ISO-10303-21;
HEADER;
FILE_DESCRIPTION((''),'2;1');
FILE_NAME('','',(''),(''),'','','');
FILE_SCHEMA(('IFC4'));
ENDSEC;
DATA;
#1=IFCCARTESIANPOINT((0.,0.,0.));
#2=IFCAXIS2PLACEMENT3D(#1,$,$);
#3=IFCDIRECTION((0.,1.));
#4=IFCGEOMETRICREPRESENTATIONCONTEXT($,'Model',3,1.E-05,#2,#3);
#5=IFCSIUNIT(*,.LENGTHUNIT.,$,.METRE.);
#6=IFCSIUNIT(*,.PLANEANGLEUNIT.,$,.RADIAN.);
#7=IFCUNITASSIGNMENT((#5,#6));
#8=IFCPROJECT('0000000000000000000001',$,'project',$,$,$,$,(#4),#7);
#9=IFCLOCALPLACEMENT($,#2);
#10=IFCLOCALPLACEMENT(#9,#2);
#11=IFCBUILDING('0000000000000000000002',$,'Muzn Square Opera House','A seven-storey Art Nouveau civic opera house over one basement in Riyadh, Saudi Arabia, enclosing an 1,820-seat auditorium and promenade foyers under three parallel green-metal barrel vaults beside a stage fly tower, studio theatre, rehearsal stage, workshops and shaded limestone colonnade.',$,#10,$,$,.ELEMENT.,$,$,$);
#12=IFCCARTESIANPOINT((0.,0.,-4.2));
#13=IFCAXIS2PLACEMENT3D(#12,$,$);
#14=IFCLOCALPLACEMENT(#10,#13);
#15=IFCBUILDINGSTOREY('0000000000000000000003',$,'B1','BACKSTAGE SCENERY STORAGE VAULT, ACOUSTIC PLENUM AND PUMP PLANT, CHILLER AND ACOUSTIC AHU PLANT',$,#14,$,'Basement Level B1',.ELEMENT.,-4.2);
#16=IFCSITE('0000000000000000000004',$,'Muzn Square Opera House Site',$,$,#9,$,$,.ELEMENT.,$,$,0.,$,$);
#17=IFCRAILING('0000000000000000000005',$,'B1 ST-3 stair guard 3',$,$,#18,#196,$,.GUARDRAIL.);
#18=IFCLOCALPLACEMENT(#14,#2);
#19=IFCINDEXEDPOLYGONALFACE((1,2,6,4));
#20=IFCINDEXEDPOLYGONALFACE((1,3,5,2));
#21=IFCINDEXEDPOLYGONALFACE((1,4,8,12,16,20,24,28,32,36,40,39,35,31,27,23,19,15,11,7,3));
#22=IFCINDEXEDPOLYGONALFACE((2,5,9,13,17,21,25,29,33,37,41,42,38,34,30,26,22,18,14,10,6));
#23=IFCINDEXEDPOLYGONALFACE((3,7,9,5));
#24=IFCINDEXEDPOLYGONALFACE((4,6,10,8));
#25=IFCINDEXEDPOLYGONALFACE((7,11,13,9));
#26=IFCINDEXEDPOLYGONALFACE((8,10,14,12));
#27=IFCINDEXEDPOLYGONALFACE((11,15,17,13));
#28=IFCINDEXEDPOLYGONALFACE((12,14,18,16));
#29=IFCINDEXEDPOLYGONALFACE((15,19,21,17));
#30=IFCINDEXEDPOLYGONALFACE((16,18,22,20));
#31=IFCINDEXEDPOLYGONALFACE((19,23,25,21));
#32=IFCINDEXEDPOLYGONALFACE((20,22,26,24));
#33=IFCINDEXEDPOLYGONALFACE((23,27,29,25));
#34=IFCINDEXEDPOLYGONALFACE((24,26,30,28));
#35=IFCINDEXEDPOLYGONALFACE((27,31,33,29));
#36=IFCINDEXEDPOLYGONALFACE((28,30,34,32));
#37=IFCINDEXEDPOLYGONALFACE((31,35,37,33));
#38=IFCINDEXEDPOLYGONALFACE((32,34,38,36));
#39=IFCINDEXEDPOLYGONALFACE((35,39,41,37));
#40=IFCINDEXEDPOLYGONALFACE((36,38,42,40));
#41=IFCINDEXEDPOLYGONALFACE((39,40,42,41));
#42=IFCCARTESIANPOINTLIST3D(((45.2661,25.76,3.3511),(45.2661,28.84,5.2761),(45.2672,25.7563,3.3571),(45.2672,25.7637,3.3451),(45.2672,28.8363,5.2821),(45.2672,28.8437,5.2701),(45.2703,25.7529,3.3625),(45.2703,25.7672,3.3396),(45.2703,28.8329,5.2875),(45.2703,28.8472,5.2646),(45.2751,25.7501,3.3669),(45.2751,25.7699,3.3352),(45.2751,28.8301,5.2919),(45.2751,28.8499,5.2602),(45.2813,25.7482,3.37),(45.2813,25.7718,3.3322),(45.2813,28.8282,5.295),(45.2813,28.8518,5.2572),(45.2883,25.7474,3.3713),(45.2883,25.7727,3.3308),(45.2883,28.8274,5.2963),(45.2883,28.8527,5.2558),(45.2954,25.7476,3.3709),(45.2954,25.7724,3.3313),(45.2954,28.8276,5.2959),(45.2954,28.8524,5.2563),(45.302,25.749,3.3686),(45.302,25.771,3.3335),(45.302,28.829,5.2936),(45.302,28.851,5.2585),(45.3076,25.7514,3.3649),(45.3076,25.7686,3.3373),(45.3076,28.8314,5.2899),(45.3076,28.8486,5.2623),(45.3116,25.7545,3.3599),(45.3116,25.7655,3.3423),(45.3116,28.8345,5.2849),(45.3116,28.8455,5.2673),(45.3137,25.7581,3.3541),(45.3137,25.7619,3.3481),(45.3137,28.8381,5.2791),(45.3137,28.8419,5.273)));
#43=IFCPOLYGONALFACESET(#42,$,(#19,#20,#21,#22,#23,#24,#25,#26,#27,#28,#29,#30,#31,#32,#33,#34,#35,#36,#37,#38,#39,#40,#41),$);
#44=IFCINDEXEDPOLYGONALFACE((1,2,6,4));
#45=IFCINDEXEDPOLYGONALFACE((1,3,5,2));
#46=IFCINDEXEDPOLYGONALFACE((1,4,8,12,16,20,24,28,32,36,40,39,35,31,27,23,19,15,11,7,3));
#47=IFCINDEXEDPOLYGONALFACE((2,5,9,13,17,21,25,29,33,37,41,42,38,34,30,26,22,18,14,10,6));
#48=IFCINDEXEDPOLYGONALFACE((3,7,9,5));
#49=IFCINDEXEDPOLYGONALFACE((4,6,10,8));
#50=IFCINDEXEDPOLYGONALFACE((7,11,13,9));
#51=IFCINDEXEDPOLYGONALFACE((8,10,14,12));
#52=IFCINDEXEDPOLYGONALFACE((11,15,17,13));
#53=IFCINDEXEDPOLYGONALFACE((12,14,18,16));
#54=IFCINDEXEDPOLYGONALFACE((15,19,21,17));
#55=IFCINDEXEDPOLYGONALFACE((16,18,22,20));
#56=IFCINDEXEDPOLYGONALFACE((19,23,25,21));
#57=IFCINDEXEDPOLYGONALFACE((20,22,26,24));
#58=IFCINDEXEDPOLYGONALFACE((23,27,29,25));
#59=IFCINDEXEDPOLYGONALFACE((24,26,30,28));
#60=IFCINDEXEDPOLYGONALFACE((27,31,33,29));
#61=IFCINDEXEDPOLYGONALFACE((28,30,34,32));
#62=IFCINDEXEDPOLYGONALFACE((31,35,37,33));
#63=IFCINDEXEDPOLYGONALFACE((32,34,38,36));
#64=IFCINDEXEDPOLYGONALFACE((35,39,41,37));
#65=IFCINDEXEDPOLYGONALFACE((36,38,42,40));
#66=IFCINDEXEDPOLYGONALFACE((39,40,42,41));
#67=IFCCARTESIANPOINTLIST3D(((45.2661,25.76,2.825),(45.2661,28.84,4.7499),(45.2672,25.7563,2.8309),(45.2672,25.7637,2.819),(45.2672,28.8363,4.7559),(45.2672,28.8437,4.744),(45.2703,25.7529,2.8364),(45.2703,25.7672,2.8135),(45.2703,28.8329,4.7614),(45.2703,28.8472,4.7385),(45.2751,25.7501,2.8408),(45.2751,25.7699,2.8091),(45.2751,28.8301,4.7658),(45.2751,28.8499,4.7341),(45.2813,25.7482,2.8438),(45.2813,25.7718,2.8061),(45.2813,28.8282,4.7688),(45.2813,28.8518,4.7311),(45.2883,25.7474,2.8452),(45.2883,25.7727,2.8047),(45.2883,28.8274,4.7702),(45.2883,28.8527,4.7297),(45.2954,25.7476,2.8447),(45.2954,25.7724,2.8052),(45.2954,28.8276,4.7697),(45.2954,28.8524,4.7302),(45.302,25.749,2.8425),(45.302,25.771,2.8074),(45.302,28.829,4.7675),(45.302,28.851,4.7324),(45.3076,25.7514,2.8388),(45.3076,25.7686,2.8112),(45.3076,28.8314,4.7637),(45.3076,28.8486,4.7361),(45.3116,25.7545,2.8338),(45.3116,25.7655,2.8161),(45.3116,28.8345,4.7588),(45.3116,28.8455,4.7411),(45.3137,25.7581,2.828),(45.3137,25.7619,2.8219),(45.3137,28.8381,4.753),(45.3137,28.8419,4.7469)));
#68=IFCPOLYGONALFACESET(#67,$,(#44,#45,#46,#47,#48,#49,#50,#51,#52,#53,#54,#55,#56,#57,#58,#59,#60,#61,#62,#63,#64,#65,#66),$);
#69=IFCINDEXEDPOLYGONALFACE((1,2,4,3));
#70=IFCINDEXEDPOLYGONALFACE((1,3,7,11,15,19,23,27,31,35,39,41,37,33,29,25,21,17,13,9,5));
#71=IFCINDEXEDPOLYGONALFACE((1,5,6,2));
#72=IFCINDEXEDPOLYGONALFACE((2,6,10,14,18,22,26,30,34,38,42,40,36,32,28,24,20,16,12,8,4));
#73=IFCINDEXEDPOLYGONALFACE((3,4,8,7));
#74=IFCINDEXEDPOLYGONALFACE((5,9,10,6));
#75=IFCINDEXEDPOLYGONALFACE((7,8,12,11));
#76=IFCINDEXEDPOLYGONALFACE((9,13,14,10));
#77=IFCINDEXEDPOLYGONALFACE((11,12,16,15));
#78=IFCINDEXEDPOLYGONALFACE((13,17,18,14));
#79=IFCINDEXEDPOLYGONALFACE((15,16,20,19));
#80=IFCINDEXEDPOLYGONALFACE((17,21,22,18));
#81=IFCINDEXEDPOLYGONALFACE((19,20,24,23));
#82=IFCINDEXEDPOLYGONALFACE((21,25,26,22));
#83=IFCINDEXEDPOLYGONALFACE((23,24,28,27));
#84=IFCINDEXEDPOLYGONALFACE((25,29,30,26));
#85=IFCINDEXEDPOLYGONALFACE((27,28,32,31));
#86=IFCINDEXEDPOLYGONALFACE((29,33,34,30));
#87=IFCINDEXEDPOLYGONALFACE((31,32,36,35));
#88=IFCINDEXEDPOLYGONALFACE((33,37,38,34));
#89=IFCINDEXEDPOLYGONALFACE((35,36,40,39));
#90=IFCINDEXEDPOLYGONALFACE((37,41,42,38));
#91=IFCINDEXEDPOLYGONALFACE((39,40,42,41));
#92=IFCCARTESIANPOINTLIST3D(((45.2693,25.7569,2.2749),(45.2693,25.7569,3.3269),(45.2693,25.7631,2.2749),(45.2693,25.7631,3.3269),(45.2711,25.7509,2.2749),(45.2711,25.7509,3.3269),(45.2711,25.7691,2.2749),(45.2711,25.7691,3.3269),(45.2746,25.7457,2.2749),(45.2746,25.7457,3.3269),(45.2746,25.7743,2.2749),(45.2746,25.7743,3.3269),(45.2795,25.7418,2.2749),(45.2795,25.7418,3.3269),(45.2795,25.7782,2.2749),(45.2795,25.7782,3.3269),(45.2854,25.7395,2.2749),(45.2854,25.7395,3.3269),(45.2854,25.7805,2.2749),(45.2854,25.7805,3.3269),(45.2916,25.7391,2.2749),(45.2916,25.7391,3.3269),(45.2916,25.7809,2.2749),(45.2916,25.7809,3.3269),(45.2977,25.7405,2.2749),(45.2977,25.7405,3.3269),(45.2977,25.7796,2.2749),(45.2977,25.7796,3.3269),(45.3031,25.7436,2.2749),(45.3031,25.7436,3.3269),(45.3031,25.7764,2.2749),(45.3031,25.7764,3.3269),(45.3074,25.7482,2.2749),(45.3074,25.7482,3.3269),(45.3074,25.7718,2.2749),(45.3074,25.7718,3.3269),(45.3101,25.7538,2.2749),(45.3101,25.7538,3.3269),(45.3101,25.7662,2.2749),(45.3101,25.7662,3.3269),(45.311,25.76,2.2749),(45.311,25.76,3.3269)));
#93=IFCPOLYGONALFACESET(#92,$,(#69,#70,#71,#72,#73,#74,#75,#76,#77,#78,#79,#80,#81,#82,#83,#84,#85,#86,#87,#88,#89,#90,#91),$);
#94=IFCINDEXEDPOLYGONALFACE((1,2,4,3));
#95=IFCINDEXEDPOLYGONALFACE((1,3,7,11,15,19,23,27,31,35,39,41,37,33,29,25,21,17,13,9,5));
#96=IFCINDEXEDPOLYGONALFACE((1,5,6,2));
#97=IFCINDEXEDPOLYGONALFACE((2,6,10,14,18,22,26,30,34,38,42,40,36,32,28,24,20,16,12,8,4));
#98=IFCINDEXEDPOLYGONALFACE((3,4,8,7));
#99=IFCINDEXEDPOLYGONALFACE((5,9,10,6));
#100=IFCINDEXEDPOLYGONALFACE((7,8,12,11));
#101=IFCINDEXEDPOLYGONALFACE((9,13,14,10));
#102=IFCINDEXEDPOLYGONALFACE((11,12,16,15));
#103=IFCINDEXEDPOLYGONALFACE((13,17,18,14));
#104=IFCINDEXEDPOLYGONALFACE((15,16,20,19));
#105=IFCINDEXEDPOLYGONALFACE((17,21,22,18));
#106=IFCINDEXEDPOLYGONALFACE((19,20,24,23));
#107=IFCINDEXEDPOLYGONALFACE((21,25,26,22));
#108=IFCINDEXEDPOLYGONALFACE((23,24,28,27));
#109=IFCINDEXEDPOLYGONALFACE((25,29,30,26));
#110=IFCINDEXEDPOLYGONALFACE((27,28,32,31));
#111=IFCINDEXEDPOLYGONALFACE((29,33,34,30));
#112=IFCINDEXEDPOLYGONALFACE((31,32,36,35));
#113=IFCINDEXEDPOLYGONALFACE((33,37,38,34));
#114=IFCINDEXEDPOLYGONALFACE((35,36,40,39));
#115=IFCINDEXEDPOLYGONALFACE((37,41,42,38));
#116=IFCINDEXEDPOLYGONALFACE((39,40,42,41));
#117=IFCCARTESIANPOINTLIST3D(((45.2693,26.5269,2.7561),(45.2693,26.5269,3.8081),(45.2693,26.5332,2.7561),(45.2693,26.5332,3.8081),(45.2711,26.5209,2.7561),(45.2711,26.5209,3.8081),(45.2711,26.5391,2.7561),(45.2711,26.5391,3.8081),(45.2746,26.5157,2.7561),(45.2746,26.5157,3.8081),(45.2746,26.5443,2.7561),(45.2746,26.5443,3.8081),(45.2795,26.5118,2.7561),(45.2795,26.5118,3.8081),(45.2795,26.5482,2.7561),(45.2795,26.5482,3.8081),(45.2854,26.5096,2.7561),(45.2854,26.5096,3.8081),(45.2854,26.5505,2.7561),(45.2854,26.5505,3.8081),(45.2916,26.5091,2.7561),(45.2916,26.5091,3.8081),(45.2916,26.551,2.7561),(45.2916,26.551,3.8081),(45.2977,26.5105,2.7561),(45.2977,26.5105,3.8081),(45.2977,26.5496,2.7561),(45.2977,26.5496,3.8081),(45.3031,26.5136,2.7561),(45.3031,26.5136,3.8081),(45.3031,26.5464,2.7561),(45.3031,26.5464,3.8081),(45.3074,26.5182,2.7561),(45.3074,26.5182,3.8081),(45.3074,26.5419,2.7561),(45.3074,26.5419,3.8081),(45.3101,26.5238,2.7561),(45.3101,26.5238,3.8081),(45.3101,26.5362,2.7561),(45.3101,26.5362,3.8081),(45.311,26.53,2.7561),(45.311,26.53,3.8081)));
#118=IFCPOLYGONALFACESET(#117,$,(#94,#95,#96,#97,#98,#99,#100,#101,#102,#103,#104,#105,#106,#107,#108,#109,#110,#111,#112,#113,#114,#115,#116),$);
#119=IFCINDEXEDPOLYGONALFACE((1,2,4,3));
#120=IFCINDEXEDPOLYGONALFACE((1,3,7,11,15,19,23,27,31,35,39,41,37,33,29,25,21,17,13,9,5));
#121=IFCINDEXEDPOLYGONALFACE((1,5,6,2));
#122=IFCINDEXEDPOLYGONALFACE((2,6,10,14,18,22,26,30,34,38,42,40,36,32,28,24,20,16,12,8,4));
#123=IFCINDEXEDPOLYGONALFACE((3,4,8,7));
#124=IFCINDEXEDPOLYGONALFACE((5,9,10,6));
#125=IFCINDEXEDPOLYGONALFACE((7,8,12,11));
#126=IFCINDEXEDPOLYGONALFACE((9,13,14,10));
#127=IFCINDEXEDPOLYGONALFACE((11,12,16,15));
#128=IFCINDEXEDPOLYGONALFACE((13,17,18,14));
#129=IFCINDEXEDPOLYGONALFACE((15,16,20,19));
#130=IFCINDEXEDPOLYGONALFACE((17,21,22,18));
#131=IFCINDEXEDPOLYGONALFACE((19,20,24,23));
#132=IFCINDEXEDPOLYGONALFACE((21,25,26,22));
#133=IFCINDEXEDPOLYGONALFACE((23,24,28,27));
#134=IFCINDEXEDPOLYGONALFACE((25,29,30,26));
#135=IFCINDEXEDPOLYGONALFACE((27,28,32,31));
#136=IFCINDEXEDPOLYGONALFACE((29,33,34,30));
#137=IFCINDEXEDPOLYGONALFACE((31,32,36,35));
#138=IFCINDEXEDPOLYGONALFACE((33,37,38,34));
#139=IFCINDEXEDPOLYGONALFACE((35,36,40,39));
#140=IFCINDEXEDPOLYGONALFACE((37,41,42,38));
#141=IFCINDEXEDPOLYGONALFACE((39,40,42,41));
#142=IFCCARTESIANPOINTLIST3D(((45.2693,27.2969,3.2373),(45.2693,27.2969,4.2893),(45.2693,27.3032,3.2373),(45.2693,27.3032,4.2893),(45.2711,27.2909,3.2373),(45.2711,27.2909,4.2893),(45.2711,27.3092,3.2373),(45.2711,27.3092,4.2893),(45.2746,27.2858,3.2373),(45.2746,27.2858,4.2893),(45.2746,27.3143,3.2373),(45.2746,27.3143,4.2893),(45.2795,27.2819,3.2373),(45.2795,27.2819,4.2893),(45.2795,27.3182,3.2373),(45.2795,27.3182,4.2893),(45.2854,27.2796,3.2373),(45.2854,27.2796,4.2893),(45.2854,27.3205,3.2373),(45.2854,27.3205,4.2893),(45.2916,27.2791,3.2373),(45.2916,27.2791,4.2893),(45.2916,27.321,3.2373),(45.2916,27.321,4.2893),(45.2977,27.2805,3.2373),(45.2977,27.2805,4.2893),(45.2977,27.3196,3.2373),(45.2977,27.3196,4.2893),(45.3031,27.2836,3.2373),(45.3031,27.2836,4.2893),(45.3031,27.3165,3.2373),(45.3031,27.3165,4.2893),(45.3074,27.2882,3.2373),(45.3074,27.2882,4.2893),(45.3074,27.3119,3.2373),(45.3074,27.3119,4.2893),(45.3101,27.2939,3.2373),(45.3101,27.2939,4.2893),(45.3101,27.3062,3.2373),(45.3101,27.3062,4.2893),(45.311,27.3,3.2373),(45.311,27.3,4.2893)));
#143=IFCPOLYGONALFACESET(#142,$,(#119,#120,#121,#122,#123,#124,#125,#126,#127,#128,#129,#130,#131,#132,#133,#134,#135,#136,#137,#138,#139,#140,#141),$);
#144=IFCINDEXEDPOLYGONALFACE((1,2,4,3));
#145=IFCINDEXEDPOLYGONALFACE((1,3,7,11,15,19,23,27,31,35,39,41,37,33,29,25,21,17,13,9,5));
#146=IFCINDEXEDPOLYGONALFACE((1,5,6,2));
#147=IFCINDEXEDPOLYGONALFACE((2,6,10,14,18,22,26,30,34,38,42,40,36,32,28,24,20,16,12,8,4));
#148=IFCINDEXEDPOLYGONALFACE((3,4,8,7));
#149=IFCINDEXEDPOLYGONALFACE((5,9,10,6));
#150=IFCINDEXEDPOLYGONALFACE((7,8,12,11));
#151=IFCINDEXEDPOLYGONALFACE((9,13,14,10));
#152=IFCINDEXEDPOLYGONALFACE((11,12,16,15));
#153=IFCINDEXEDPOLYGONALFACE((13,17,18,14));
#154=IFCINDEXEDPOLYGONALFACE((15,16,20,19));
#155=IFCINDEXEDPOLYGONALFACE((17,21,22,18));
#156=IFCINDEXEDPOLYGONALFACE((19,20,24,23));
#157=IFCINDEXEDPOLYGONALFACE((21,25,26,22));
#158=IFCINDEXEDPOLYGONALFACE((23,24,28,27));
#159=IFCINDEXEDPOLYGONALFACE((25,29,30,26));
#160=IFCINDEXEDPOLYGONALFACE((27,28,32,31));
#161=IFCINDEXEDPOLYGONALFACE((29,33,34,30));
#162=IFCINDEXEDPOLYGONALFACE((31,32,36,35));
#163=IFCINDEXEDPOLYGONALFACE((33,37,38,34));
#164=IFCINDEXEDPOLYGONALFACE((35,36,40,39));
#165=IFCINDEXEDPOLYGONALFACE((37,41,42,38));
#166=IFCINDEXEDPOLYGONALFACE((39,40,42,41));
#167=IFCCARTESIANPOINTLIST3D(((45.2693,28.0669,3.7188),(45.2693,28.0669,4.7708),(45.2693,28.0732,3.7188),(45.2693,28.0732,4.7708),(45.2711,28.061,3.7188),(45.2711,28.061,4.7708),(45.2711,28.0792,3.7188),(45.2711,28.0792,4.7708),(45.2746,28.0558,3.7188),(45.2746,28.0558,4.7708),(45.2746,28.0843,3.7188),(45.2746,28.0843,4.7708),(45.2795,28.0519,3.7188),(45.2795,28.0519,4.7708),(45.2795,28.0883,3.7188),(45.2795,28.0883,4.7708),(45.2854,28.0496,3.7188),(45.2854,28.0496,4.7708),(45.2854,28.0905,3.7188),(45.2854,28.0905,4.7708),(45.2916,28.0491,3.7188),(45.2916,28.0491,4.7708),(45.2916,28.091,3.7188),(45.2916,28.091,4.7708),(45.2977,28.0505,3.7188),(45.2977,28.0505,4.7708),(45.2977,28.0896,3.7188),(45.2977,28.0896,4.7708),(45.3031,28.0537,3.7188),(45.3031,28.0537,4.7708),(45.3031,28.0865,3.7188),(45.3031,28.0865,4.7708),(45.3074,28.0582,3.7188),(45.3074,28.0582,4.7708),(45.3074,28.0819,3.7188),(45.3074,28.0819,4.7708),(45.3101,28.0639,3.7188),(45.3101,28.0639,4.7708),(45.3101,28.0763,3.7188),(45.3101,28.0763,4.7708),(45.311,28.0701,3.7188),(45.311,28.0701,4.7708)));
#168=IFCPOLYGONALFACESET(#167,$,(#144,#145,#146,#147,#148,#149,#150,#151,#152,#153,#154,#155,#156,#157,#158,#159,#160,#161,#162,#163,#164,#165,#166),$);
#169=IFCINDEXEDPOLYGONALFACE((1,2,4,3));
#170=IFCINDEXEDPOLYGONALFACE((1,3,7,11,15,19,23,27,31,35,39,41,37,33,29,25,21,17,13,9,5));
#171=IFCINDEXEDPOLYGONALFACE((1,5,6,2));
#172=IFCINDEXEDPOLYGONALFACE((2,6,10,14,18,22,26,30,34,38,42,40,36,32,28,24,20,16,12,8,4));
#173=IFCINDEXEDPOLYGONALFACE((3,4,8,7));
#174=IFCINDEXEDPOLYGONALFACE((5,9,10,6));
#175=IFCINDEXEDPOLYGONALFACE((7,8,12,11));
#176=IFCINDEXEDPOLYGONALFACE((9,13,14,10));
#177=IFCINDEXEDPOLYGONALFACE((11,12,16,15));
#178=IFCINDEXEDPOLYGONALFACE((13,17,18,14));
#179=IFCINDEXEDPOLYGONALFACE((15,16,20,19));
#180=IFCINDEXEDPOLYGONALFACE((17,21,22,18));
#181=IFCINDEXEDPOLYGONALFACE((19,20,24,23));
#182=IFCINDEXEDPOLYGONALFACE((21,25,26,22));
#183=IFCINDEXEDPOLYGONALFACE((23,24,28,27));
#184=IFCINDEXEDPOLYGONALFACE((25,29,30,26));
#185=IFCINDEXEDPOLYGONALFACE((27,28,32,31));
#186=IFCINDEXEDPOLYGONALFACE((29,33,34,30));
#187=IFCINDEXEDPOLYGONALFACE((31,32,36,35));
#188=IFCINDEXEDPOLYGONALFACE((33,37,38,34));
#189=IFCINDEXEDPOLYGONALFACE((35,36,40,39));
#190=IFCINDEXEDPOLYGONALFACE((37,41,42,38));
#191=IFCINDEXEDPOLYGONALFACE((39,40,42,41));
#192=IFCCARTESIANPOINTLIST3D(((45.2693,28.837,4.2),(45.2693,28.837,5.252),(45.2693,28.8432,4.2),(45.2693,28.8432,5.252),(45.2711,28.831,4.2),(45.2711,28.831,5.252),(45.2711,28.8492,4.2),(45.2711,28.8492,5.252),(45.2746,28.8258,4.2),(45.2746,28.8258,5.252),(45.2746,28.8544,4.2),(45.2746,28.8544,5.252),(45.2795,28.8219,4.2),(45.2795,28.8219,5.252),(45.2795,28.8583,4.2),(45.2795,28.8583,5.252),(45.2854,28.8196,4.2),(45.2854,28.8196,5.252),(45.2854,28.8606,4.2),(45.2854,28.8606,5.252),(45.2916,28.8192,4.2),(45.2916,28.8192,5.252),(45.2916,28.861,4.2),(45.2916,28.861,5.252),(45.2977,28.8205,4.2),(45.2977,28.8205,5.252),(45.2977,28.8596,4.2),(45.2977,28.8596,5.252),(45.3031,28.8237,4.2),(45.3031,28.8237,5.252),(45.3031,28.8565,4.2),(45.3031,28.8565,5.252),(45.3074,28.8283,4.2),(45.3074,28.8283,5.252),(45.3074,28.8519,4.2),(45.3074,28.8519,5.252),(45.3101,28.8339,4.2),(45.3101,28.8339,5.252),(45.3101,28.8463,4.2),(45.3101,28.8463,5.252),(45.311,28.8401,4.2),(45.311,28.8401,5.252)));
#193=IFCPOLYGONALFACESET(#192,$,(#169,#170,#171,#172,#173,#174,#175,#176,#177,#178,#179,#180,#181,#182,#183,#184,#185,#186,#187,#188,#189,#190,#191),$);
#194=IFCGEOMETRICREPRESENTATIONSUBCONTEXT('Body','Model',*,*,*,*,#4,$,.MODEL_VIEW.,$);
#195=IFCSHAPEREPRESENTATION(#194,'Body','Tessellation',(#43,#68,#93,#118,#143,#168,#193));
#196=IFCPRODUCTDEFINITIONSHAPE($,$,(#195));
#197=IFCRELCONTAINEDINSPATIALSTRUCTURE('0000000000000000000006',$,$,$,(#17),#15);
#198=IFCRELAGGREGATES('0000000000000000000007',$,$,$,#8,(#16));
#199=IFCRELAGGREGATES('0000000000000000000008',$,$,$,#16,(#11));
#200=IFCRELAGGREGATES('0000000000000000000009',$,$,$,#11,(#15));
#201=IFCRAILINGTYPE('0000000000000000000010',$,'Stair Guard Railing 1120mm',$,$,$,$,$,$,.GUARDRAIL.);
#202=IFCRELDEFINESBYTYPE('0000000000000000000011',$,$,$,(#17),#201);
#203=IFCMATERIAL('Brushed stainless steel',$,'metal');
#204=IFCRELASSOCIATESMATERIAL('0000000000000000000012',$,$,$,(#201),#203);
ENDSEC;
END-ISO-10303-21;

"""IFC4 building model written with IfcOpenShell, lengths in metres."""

from ifc_helpers import new_model, si_unit, direction, frame, origin, origin_2d, place, context, subcontext, project, spatial, circle, extrude, material, type_object, element, save


model = new_model("IFC4")

# Units and contexts
model_context = context("Model", 3, precision=1e-05, world=origin(), true_north=direction((0.0, 1.0)))
body_context = subcontext(model_context, "Body", "Model", "MODEL_VIEW")
ifc_project = project(units=[si_unit("LENGTHUNIT", "METRE"), si_unit("PLANEANGLEUNIT", "RADIAN")], contexts=[model_context])

# Site, building, storey
site_placement = place(None, origin())
site = spatial("IfcSite", under=ifc_project, at=site_placement, Name="Muzn Square Opera House Site", CompositionType="ELEMENT", RefElevation=0.0)
building_placement = place(site_placement, origin())
building = spatial("IfcBuilding", under=site, at=building_placement, Name="Muzn Square Opera House", Description="A seven-storey Art Nouveau civic opera house over one basement in Riyadh, Saudi Arabia, enclosing an 1,820-seat auditorium and promenade foyers under three parallel green-metal barrel vaults beside a stage fly tower, studio theatre, rehearsal stage, workshops and shaded limestone colonnade.", CompositionType="ELEMENT")
storey_placement = place(building_placement, frame((0.0, 0.0, -4.2)))
storey = spatial("IfcBuildingStorey", under=building, at=storey_placement, Name="B1", Description="BACKSTAGE SCENERY STORAGE VAULT, ACOUSTIC PLENUM AND PUMP PLANT, CHILLER AND ACOUSTIC AHU PLANT", LongName="Basement Level B1", CompositionType="ELEMENT", Elevation=-4.2)

# Railing
ifc_material_1 = material(Name="Brushed stainless steel", Category="metal")
railing_type_1 = type_object("IfcRailingType", Name="Stair Guard Railing 1120mm", PredefinedType="GUARDRAIL", material=ifc_material_1)
railing_1_placement = place(storey_placement, frame((45.29, 25.76, 2.2749)))
element("IfcRailing", 1, at=railing_1_placement, inside=storey, type_object=railing_type_1, Name="B1 ST-3 stair guard 3", PredefinedType="GUARDRAIL", context=body_context, shape_type="SweptSolid", body=[
    extrude(circle(Radius=0.0239, at=origin_2d()), frame((0.0, 0.0, 1.0762), z_axis=(0.0, 0.847998, 0.529999), x_axis=(-1.0, 0.0, 0.0)), (0.0, 0.0, 1.0), 3.6321),
    extrude(circle(Radius=0.0239, at=origin_2d()), frame((0.0, 0.0, 0.55), z_axis=(0.0, 0.847998, 0.529999), x_axis=(-1.0, 0.0, 0.0)), (0.0, 0.0, 1.0), 3.6321),
    extrude(circle(Radius=0.021, at=origin_2d()), origin(), (0.0, 0.0, 1.0), 1.052),
    extrude(circle(Radius=0.021, at=origin_2d()), frame((0.0, 0.77, 0.4812)), (0.0, 0.0, 1.0), 1.052),
    extrude(circle(Radius=0.021, at=origin_2d()), frame((0.0, 1.54, 0.9624)), (0.0, 0.0, 1.0), 1.052),
    extrude(circle(Radius=0.021, at=origin_2d()), frame((0.0, 2.3101, 1.4438)), (0.0, 0.0, 1.0), 1.052),
    extrude(circle(Radius=0.021, at=origin_2d()), frame((0.0, 3.0801, 1.925)), (0.0, 0.0, 1.0), 1.052),
])

save(model, "model.ifc")
